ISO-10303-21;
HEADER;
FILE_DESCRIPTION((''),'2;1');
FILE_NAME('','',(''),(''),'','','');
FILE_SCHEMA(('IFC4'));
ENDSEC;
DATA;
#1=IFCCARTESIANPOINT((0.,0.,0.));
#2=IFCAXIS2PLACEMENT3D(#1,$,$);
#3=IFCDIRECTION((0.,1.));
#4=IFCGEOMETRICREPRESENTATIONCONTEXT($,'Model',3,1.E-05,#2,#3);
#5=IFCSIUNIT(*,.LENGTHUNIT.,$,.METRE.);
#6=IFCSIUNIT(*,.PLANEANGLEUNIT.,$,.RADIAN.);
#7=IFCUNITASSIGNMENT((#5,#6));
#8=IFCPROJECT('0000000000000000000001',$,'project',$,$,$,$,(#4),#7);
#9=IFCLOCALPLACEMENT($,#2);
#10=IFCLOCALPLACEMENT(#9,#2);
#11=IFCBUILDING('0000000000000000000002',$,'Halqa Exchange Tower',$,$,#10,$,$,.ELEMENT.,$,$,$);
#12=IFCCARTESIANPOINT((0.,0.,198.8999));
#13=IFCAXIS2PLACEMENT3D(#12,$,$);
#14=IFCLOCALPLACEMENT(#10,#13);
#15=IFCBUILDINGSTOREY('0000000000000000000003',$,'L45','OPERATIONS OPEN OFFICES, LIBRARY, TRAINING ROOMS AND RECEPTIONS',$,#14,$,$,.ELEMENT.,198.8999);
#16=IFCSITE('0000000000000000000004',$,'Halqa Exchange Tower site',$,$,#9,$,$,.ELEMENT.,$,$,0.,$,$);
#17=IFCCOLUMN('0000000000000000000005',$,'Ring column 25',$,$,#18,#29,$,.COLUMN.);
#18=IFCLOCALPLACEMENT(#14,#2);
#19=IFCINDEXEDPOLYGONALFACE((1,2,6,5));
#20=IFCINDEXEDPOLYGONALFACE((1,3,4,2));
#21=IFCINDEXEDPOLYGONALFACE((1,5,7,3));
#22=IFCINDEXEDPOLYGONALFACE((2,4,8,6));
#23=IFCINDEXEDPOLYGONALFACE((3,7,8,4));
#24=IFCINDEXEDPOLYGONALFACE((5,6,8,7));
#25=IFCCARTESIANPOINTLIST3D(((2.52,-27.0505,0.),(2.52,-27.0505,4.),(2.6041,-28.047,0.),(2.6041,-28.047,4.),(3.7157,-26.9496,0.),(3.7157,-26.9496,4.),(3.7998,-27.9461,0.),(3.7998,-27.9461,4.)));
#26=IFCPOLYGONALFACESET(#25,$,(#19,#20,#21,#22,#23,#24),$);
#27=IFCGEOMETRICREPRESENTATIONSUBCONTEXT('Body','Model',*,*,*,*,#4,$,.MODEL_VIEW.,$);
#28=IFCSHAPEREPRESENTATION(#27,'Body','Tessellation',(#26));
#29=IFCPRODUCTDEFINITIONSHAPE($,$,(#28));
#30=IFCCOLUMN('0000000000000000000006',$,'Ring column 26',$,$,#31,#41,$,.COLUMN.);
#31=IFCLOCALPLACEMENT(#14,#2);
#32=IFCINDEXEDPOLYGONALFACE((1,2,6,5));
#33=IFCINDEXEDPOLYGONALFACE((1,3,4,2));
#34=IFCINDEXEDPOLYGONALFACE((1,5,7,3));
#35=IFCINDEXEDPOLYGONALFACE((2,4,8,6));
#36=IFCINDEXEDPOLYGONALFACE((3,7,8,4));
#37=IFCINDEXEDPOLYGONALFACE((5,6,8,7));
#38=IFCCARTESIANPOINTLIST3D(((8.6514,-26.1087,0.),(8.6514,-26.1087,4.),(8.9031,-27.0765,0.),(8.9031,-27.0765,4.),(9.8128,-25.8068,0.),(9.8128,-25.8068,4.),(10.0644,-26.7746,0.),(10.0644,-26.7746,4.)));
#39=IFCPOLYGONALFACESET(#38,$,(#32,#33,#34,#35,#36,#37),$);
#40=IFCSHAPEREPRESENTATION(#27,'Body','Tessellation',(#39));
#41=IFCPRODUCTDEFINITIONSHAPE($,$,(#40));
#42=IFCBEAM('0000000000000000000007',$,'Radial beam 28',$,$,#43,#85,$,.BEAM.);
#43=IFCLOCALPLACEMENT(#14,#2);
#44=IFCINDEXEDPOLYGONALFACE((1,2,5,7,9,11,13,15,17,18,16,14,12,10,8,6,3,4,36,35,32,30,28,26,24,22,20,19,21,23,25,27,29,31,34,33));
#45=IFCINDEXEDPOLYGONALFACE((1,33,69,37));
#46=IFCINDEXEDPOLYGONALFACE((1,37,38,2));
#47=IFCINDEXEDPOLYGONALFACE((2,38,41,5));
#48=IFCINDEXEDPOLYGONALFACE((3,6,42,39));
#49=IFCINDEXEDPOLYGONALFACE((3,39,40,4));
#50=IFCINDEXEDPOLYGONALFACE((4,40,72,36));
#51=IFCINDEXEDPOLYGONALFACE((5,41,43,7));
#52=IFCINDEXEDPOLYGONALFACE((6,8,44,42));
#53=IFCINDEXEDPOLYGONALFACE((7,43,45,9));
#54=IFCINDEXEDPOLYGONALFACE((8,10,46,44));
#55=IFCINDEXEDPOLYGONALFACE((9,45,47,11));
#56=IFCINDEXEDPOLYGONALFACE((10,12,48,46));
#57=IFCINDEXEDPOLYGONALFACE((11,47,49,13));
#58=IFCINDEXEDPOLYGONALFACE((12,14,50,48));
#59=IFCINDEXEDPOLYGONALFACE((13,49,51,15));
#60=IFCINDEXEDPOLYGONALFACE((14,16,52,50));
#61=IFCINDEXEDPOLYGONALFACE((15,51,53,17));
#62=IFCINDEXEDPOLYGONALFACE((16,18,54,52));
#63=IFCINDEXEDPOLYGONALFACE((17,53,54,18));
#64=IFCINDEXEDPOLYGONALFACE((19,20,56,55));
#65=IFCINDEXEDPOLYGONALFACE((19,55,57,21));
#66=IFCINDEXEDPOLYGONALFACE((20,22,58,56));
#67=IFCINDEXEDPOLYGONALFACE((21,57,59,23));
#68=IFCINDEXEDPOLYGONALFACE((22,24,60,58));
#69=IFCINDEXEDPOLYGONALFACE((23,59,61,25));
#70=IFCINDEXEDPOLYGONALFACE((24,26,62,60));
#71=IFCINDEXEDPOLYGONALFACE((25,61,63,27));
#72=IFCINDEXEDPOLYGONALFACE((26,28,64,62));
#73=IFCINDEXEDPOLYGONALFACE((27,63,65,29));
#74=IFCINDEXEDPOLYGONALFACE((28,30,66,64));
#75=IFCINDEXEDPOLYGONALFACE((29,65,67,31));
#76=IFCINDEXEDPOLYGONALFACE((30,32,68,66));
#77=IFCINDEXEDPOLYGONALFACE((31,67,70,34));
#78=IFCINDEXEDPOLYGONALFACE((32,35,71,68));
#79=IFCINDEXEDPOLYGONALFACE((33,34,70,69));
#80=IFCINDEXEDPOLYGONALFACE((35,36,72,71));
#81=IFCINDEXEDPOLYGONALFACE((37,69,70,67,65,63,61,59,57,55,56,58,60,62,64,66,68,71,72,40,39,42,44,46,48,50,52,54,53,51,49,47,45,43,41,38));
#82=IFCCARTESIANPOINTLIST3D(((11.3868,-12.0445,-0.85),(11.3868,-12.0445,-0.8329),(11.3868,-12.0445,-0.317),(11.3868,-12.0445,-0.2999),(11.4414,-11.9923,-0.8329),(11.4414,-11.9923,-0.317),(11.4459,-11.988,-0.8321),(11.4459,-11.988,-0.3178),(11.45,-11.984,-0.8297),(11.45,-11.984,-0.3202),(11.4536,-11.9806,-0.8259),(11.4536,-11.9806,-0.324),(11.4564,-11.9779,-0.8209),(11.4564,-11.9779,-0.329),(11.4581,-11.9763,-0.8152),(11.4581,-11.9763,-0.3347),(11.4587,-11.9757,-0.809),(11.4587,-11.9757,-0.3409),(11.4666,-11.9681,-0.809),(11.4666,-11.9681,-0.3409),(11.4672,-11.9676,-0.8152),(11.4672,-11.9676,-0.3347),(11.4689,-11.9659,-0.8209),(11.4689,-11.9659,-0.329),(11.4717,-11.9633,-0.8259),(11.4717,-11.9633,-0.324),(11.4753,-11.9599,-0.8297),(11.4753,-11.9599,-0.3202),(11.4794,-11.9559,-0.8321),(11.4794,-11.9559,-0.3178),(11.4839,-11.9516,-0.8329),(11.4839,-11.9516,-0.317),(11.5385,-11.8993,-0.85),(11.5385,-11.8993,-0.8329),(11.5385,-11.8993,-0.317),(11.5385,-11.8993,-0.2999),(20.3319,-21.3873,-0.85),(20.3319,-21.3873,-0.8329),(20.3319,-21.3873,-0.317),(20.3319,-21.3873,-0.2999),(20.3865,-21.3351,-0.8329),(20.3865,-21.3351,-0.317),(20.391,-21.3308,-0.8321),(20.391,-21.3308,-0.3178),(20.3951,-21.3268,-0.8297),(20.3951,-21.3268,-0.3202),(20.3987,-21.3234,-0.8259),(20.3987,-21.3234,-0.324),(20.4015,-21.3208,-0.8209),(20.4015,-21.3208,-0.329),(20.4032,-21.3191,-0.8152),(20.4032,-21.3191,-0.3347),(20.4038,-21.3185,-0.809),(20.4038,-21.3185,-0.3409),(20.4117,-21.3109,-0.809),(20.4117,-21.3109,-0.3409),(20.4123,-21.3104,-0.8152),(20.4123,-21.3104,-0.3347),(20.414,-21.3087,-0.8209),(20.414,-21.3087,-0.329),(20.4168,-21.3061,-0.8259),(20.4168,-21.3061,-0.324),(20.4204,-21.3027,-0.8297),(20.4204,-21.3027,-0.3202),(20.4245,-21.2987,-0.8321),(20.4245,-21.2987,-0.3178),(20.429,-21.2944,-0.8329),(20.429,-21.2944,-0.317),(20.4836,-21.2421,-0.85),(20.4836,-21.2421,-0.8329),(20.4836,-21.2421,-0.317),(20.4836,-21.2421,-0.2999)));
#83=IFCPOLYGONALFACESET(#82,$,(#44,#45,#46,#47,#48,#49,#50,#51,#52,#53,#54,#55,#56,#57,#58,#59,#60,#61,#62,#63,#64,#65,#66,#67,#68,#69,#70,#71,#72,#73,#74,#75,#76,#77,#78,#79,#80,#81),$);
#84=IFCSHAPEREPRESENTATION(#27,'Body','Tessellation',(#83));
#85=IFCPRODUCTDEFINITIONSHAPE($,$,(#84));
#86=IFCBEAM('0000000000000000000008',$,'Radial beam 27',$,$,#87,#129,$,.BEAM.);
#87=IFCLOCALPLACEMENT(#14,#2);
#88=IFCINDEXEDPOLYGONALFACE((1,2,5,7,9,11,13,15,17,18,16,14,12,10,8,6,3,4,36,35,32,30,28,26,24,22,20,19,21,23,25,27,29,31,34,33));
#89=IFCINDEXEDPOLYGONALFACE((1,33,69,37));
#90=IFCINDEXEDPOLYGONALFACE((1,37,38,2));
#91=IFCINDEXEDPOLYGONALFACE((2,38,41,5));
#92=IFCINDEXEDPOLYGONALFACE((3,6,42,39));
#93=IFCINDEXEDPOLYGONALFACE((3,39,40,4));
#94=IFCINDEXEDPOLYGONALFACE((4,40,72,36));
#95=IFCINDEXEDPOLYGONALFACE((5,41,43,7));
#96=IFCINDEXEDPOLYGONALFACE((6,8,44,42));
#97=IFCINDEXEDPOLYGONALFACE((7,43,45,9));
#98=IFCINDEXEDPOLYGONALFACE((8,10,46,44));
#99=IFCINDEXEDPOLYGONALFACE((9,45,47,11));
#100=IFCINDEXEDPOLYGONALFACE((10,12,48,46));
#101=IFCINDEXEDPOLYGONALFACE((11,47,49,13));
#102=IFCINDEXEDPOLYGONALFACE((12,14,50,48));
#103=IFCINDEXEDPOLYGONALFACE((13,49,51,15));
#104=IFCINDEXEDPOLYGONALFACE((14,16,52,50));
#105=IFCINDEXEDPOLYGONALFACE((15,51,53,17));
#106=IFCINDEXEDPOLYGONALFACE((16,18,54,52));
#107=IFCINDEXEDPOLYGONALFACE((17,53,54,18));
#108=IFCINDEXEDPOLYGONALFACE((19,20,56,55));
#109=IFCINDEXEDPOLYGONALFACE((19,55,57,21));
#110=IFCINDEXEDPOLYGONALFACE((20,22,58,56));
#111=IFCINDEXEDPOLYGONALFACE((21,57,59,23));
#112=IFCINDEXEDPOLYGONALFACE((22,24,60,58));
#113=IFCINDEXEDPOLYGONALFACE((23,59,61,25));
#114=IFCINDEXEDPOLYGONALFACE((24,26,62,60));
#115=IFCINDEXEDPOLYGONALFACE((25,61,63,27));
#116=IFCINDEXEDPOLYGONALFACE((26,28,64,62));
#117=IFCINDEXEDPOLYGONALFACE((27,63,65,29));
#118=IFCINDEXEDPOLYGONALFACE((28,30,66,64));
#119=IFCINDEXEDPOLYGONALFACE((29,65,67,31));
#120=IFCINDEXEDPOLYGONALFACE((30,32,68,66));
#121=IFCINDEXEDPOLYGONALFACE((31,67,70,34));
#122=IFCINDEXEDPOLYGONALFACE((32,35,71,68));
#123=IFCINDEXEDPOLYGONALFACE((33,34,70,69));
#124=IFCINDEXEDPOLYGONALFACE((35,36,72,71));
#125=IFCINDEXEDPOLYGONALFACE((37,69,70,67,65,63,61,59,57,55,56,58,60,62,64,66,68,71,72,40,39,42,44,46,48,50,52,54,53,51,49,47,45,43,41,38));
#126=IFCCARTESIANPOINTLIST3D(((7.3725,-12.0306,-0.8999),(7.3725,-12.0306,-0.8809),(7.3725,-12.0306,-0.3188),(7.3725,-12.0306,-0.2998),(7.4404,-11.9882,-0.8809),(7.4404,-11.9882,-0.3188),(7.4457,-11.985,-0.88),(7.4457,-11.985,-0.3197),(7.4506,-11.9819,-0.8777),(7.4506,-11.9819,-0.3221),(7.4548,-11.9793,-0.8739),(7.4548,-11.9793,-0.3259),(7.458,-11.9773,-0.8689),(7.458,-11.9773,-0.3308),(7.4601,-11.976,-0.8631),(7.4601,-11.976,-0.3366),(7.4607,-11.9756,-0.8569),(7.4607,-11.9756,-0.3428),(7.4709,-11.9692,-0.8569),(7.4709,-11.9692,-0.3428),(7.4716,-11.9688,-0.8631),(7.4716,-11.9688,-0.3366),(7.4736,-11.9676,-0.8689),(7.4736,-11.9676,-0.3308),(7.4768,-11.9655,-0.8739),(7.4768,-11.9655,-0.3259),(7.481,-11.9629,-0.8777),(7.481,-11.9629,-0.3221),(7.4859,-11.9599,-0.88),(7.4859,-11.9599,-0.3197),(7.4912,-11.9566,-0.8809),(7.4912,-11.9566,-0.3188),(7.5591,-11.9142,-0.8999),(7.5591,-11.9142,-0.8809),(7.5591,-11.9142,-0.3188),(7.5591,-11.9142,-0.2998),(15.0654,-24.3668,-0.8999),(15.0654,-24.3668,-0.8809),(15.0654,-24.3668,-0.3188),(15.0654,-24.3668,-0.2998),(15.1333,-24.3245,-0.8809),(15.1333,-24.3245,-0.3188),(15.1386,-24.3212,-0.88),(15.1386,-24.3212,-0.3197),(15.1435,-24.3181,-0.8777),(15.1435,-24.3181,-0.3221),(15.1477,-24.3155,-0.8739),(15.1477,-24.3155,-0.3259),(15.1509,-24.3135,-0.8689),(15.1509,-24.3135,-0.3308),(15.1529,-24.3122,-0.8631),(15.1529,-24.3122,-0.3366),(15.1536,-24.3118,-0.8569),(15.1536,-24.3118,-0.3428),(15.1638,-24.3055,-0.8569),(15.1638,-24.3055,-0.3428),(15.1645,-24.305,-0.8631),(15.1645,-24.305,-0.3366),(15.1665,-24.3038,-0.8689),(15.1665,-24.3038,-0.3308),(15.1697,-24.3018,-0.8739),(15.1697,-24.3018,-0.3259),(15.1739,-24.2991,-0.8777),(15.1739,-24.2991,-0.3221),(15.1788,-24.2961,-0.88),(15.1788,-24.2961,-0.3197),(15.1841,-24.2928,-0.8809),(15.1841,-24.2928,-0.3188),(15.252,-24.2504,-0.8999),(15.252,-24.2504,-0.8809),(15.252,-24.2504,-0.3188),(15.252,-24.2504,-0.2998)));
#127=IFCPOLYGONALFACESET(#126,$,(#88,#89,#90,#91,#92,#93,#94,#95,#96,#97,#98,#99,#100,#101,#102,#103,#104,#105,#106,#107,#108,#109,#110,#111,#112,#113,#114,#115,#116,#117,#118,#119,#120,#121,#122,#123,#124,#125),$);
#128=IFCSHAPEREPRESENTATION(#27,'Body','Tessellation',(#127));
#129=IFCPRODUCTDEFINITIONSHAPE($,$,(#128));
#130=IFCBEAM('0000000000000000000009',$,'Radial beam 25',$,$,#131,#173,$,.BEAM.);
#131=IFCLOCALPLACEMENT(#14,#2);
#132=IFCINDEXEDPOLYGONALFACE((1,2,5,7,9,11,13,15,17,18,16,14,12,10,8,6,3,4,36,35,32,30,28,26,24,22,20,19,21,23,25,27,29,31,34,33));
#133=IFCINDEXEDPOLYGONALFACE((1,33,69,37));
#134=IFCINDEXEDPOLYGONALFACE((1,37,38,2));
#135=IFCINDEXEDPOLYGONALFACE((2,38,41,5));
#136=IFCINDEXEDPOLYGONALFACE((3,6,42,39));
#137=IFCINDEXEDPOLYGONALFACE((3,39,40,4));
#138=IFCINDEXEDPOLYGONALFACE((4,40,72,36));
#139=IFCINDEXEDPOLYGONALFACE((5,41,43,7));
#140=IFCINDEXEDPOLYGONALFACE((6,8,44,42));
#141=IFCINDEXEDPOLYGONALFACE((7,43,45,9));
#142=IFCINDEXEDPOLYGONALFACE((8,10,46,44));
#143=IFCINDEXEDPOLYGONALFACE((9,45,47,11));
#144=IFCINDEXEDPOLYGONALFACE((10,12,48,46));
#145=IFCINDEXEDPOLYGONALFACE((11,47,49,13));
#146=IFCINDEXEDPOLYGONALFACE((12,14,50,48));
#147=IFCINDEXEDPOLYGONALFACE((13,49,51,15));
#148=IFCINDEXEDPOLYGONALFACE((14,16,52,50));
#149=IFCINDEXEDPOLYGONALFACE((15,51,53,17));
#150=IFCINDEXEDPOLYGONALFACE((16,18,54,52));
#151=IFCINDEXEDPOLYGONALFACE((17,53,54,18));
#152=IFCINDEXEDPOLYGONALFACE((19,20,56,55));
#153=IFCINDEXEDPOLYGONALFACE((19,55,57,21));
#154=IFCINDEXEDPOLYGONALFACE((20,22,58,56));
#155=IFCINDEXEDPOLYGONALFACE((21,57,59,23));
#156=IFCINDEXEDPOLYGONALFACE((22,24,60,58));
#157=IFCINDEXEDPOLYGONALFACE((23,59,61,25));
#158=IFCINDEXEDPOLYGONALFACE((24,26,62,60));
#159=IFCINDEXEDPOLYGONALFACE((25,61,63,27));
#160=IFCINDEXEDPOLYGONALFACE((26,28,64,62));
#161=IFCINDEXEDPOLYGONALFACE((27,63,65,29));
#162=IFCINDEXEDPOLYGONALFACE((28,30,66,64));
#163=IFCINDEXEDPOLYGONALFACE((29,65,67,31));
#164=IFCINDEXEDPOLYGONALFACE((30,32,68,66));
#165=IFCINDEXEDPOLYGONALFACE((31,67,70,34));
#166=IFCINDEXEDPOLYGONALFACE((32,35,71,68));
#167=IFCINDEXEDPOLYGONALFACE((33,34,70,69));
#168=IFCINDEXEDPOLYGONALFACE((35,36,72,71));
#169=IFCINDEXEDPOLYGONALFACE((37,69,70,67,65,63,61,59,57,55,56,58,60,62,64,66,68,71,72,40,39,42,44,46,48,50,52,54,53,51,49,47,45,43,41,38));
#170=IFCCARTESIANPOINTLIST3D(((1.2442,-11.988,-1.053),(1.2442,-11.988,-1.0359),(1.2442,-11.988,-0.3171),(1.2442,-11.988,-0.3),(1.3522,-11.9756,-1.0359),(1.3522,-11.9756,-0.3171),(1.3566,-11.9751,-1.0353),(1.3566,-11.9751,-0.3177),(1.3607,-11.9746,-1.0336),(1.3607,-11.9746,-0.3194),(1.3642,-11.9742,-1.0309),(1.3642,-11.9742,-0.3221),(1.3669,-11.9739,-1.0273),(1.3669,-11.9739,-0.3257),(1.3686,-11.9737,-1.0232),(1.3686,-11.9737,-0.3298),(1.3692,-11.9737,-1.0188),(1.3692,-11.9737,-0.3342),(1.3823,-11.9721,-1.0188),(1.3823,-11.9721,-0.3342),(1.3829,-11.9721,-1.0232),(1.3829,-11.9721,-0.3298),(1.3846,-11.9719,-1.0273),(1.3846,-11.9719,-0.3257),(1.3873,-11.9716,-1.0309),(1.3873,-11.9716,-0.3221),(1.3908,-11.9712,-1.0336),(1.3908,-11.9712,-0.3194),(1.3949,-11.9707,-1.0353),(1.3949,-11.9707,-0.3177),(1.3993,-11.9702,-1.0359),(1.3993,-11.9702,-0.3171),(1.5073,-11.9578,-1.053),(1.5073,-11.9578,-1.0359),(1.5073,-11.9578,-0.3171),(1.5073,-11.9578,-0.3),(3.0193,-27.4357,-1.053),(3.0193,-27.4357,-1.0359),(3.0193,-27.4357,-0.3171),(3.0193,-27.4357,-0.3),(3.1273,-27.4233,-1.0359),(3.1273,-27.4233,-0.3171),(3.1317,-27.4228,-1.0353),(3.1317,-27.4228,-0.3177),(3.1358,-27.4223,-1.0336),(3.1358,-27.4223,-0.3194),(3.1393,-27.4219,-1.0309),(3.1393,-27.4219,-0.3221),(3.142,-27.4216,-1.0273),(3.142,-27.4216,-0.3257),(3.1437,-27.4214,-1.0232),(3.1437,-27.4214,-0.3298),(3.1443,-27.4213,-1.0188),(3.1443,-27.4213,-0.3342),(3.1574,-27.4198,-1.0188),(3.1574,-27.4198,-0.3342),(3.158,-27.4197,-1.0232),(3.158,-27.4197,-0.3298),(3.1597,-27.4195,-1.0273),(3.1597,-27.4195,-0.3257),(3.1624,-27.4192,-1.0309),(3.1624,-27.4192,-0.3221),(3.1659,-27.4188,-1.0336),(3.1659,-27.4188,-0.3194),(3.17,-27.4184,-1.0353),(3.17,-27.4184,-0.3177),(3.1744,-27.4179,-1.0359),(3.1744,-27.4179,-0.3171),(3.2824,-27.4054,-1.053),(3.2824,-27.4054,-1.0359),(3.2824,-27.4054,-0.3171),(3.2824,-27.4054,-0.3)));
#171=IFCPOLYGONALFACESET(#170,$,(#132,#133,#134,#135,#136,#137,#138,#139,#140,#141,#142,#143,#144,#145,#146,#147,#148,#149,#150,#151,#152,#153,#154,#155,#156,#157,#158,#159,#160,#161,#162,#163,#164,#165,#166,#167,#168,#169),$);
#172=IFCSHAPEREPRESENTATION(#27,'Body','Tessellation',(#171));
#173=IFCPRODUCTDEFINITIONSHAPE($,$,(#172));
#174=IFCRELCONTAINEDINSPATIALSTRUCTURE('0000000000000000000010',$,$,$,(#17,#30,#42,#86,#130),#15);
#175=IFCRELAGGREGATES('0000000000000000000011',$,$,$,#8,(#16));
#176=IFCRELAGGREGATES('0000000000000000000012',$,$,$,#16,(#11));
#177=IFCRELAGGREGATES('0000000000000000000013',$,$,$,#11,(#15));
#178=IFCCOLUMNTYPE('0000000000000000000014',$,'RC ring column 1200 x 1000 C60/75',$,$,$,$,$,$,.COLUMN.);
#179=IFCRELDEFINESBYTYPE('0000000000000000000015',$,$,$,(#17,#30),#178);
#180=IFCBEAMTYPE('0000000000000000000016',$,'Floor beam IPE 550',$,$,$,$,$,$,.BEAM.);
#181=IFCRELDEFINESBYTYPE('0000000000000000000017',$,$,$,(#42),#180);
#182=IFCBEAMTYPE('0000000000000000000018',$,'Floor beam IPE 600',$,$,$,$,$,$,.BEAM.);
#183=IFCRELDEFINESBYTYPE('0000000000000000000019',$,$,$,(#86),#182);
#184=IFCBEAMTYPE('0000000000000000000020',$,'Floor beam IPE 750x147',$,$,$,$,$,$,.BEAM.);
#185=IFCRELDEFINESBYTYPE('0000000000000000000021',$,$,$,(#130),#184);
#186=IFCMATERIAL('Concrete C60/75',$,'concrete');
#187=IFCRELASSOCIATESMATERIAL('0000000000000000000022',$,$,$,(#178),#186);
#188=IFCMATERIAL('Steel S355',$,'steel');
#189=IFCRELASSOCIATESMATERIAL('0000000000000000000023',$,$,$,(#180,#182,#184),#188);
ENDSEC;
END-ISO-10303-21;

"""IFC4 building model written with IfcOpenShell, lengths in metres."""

from ifc_helpers import new_model, si_unit, direction, frame, origin, origin_2d, place, context, subcontext, project, spatial, rectangle, i_section, extrude, material, material_profile, profile_set, type_object, element, save


model = new_model("IFC4")

# Units and contexts
model_context = context("Model", 3, precision=1e-05, world=origin(), true_north=direction((0.0, 1.0)))
body_context = subcontext(model_context, "Body", "Model", "MODEL_VIEW")
ifc_project = project(units=[si_unit("LENGTHUNIT", "METRE"), si_unit("PLANEANGLEUNIT", "RADIAN")], contexts=[model_context])

# Site, building, storey
site_placement = place(None, origin())
site = spatial("IfcSite", under=ifc_project, at=site_placement, Name="Halqa Exchange Tower site", CompositionType="ELEMENT", RefElevation=0.0)
building_placement = place(site_placement, origin())
building = spatial("IfcBuilding", under=site, at=building_placement, Name="Halqa Exchange Tower", CompositionType="ELEMENT")
storey_placement = place(building_placement, frame((0.0, 0.0, 198.8999)))
storey = spatial("IfcBuildingStorey", under=building, at=storey_placement, Name="L45", Description="OPERATIONS OPEN OFFICES, LIBRARY, TRAINING ROOMS AND RECEPTIONS", CompositionType="ELEMENT", Elevation=198.8999)

# Columns
ifc_material_1 = material(Name="Concrete C60/75", Category="concrete")
ifc_material_profile_1 = material_profile(ifc_material_1, rectangle(XDim=1.2, YDim=1.0, at=origin_2d()), Name="1200 x 1000")
ifc_profile_set_1 = profile_set([ifc_material_profile_1], Name="Concrete C60/75")
column_type = type_object("IfcColumnType", Name="RC ring column 1200 x 1000 C60/75", PredefinedType="COLUMN", material=ifc_profile_set_1)
for number, where, z_axis, x_axis, name in (
    (1, (3.1599, -27.4983, 0.0), (0.0, 0.0, 1.0), (0.996456, 0.084118, 0.0), "Ring column 25"),
    (2, (9.3579, -26.4417, 0.0), (0.0, 0.0, 1.0), (0.96782, 0.251642, 0.0), "Ring column 26"),
):
    element("IfcColumn", number, at=place(storey_placement, frame(where, z_axis=z_axis, x_axis=x_axis)), inside=storey, type_object=column_type, Name=name, PredefinedType="COLUMN", context=body_context, shape_type="SweptSolid", body=[
        extrude(rectangle(XDim=1.2, YDim=1.0, at=origin_2d()), origin(), (0.0, 0.0, 1.0), 4.0),
    ])

# Beams
ifc_material_2 = material(Name="Steel S355", Category="steel")
ifc_material_profile_2 = material_profile(ifc_material_2, i_section(OverallWidth=0.21, OverallDepth=0.55, WebThickness=0.011, FlangeThickness=0.0171, FilletRadius=0.0239, at=origin_2d()), Name="IPE 550")
ifc_profile_set_2 = profile_set([ifc_material_profile_2], Name="Steel S355")
beam_type_1 = type_object("IfcBeamType", Name="Floor beam IPE 550", PredefinedType="BEAM", material=ifc_profile_set_2)
beam_1_placement = place(storey_placement, frame((11.4626, -11.9719, -0.575), z_axis=(0.691566, -0.722313, 0.0), x_axis=(0.722313, 0.691566, 0.0)))
element("IfcBeam", 3, at=beam_1_placement, inside=storey, type_object=beam_type_1, Name="Radial beam 28", PredefinedType="BEAM", context=body_context, shape_type="SweptSolid", body=[
    extrude(i_section(OverallWidth=0.21, OverallDepth=0.55, WebThickness=0.011, FlangeThickness=0.0171, FilletRadius=0.0239, at=origin_2d()), origin(), (0.0, 0.0, 1.0), 12.9346),
])
ifc_material_profile_3 = material_profile(ifc_material_2, i_section(OverallWidth=0.22, OverallDepth=0.6001, WebThickness=0.012, FlangeThickness=0.019, FilletRadius=0.0239, at=origin_2d()), Name="IPE 600")
ifc_profile_set_3 = profile_set([ifc_material_profile_3], Name="Steel S355")
beam_type_2 = type_object("IfcBeamType", Name="Floor beam IPE 600", PredefinedType="BEAM", material=ifc_profile_set_3)
beam_2_placement = place(storey_placement, frame((7.4658, -11.9724, -0.5999), z_axis=(0.529146, -0.848531, 0.0), x_axis=(0.848531, 0.529146, 0.0)))
element("IfcBeam", 4, at=beam_2_placement, inside=storey, type_object=beam_type_2, Name="Radial beam 27", PredefinedType="BEAM", context=body_context, shape_type="SweptSolid", body=[
    extrude(i_section(OverallWidth=0.22, OverallDepth=0.6001, WebThickness=0.012, FlangeThickness=0.019, FilletRadius=0.0239, at=origin_2d()), origin(), (0.0, 0.0, 1.0), 14.5383),
])
ifc_material_profile_4 = material_profile(ifc_material_2, i_section(OverallWidth=0.2649, OverallDepth=0.7529, WebThickness=0.0132, FlangeThickness=0.0171, FilletRadius=0.0171, at=origin_2d()), Name="IPE 750x147")
ifc_profile_set_4 = profile_set([ifc_material_profile_4], Name="Steel S355")
beam_type_3 = type_object("IfcBeamType", Name="Floor beam IPE 750x147", PredefinedType="BEAM", material=ifc_profile_set_4)
beam_3_placement = place(storey_placement, frame((1.3757, -11.9729, -0.6765), z_axis=(0.114162, -0.993462, 0.0), x_axis=(0.993462, 0.114162, 0.0)))
element("IfcBeam", 5, at=beam_3_placement, inside=storey, type_object=beam_type_3, Name="Radial beam 25", PredefinedType="BEAM", context=body_context, shape_type="SweptSolid", body=[
    extrude(i_section(OverallWidth=0.2649, OverallDepth=0.7529, WebThickness=0.0132, FlangeThickness=0.0171, FilletRadius=0.0171, at=origin_2d()), origin(), (0.0, 0.0, 1.0), 15.5493),
])

save(model, "model.ifc")
